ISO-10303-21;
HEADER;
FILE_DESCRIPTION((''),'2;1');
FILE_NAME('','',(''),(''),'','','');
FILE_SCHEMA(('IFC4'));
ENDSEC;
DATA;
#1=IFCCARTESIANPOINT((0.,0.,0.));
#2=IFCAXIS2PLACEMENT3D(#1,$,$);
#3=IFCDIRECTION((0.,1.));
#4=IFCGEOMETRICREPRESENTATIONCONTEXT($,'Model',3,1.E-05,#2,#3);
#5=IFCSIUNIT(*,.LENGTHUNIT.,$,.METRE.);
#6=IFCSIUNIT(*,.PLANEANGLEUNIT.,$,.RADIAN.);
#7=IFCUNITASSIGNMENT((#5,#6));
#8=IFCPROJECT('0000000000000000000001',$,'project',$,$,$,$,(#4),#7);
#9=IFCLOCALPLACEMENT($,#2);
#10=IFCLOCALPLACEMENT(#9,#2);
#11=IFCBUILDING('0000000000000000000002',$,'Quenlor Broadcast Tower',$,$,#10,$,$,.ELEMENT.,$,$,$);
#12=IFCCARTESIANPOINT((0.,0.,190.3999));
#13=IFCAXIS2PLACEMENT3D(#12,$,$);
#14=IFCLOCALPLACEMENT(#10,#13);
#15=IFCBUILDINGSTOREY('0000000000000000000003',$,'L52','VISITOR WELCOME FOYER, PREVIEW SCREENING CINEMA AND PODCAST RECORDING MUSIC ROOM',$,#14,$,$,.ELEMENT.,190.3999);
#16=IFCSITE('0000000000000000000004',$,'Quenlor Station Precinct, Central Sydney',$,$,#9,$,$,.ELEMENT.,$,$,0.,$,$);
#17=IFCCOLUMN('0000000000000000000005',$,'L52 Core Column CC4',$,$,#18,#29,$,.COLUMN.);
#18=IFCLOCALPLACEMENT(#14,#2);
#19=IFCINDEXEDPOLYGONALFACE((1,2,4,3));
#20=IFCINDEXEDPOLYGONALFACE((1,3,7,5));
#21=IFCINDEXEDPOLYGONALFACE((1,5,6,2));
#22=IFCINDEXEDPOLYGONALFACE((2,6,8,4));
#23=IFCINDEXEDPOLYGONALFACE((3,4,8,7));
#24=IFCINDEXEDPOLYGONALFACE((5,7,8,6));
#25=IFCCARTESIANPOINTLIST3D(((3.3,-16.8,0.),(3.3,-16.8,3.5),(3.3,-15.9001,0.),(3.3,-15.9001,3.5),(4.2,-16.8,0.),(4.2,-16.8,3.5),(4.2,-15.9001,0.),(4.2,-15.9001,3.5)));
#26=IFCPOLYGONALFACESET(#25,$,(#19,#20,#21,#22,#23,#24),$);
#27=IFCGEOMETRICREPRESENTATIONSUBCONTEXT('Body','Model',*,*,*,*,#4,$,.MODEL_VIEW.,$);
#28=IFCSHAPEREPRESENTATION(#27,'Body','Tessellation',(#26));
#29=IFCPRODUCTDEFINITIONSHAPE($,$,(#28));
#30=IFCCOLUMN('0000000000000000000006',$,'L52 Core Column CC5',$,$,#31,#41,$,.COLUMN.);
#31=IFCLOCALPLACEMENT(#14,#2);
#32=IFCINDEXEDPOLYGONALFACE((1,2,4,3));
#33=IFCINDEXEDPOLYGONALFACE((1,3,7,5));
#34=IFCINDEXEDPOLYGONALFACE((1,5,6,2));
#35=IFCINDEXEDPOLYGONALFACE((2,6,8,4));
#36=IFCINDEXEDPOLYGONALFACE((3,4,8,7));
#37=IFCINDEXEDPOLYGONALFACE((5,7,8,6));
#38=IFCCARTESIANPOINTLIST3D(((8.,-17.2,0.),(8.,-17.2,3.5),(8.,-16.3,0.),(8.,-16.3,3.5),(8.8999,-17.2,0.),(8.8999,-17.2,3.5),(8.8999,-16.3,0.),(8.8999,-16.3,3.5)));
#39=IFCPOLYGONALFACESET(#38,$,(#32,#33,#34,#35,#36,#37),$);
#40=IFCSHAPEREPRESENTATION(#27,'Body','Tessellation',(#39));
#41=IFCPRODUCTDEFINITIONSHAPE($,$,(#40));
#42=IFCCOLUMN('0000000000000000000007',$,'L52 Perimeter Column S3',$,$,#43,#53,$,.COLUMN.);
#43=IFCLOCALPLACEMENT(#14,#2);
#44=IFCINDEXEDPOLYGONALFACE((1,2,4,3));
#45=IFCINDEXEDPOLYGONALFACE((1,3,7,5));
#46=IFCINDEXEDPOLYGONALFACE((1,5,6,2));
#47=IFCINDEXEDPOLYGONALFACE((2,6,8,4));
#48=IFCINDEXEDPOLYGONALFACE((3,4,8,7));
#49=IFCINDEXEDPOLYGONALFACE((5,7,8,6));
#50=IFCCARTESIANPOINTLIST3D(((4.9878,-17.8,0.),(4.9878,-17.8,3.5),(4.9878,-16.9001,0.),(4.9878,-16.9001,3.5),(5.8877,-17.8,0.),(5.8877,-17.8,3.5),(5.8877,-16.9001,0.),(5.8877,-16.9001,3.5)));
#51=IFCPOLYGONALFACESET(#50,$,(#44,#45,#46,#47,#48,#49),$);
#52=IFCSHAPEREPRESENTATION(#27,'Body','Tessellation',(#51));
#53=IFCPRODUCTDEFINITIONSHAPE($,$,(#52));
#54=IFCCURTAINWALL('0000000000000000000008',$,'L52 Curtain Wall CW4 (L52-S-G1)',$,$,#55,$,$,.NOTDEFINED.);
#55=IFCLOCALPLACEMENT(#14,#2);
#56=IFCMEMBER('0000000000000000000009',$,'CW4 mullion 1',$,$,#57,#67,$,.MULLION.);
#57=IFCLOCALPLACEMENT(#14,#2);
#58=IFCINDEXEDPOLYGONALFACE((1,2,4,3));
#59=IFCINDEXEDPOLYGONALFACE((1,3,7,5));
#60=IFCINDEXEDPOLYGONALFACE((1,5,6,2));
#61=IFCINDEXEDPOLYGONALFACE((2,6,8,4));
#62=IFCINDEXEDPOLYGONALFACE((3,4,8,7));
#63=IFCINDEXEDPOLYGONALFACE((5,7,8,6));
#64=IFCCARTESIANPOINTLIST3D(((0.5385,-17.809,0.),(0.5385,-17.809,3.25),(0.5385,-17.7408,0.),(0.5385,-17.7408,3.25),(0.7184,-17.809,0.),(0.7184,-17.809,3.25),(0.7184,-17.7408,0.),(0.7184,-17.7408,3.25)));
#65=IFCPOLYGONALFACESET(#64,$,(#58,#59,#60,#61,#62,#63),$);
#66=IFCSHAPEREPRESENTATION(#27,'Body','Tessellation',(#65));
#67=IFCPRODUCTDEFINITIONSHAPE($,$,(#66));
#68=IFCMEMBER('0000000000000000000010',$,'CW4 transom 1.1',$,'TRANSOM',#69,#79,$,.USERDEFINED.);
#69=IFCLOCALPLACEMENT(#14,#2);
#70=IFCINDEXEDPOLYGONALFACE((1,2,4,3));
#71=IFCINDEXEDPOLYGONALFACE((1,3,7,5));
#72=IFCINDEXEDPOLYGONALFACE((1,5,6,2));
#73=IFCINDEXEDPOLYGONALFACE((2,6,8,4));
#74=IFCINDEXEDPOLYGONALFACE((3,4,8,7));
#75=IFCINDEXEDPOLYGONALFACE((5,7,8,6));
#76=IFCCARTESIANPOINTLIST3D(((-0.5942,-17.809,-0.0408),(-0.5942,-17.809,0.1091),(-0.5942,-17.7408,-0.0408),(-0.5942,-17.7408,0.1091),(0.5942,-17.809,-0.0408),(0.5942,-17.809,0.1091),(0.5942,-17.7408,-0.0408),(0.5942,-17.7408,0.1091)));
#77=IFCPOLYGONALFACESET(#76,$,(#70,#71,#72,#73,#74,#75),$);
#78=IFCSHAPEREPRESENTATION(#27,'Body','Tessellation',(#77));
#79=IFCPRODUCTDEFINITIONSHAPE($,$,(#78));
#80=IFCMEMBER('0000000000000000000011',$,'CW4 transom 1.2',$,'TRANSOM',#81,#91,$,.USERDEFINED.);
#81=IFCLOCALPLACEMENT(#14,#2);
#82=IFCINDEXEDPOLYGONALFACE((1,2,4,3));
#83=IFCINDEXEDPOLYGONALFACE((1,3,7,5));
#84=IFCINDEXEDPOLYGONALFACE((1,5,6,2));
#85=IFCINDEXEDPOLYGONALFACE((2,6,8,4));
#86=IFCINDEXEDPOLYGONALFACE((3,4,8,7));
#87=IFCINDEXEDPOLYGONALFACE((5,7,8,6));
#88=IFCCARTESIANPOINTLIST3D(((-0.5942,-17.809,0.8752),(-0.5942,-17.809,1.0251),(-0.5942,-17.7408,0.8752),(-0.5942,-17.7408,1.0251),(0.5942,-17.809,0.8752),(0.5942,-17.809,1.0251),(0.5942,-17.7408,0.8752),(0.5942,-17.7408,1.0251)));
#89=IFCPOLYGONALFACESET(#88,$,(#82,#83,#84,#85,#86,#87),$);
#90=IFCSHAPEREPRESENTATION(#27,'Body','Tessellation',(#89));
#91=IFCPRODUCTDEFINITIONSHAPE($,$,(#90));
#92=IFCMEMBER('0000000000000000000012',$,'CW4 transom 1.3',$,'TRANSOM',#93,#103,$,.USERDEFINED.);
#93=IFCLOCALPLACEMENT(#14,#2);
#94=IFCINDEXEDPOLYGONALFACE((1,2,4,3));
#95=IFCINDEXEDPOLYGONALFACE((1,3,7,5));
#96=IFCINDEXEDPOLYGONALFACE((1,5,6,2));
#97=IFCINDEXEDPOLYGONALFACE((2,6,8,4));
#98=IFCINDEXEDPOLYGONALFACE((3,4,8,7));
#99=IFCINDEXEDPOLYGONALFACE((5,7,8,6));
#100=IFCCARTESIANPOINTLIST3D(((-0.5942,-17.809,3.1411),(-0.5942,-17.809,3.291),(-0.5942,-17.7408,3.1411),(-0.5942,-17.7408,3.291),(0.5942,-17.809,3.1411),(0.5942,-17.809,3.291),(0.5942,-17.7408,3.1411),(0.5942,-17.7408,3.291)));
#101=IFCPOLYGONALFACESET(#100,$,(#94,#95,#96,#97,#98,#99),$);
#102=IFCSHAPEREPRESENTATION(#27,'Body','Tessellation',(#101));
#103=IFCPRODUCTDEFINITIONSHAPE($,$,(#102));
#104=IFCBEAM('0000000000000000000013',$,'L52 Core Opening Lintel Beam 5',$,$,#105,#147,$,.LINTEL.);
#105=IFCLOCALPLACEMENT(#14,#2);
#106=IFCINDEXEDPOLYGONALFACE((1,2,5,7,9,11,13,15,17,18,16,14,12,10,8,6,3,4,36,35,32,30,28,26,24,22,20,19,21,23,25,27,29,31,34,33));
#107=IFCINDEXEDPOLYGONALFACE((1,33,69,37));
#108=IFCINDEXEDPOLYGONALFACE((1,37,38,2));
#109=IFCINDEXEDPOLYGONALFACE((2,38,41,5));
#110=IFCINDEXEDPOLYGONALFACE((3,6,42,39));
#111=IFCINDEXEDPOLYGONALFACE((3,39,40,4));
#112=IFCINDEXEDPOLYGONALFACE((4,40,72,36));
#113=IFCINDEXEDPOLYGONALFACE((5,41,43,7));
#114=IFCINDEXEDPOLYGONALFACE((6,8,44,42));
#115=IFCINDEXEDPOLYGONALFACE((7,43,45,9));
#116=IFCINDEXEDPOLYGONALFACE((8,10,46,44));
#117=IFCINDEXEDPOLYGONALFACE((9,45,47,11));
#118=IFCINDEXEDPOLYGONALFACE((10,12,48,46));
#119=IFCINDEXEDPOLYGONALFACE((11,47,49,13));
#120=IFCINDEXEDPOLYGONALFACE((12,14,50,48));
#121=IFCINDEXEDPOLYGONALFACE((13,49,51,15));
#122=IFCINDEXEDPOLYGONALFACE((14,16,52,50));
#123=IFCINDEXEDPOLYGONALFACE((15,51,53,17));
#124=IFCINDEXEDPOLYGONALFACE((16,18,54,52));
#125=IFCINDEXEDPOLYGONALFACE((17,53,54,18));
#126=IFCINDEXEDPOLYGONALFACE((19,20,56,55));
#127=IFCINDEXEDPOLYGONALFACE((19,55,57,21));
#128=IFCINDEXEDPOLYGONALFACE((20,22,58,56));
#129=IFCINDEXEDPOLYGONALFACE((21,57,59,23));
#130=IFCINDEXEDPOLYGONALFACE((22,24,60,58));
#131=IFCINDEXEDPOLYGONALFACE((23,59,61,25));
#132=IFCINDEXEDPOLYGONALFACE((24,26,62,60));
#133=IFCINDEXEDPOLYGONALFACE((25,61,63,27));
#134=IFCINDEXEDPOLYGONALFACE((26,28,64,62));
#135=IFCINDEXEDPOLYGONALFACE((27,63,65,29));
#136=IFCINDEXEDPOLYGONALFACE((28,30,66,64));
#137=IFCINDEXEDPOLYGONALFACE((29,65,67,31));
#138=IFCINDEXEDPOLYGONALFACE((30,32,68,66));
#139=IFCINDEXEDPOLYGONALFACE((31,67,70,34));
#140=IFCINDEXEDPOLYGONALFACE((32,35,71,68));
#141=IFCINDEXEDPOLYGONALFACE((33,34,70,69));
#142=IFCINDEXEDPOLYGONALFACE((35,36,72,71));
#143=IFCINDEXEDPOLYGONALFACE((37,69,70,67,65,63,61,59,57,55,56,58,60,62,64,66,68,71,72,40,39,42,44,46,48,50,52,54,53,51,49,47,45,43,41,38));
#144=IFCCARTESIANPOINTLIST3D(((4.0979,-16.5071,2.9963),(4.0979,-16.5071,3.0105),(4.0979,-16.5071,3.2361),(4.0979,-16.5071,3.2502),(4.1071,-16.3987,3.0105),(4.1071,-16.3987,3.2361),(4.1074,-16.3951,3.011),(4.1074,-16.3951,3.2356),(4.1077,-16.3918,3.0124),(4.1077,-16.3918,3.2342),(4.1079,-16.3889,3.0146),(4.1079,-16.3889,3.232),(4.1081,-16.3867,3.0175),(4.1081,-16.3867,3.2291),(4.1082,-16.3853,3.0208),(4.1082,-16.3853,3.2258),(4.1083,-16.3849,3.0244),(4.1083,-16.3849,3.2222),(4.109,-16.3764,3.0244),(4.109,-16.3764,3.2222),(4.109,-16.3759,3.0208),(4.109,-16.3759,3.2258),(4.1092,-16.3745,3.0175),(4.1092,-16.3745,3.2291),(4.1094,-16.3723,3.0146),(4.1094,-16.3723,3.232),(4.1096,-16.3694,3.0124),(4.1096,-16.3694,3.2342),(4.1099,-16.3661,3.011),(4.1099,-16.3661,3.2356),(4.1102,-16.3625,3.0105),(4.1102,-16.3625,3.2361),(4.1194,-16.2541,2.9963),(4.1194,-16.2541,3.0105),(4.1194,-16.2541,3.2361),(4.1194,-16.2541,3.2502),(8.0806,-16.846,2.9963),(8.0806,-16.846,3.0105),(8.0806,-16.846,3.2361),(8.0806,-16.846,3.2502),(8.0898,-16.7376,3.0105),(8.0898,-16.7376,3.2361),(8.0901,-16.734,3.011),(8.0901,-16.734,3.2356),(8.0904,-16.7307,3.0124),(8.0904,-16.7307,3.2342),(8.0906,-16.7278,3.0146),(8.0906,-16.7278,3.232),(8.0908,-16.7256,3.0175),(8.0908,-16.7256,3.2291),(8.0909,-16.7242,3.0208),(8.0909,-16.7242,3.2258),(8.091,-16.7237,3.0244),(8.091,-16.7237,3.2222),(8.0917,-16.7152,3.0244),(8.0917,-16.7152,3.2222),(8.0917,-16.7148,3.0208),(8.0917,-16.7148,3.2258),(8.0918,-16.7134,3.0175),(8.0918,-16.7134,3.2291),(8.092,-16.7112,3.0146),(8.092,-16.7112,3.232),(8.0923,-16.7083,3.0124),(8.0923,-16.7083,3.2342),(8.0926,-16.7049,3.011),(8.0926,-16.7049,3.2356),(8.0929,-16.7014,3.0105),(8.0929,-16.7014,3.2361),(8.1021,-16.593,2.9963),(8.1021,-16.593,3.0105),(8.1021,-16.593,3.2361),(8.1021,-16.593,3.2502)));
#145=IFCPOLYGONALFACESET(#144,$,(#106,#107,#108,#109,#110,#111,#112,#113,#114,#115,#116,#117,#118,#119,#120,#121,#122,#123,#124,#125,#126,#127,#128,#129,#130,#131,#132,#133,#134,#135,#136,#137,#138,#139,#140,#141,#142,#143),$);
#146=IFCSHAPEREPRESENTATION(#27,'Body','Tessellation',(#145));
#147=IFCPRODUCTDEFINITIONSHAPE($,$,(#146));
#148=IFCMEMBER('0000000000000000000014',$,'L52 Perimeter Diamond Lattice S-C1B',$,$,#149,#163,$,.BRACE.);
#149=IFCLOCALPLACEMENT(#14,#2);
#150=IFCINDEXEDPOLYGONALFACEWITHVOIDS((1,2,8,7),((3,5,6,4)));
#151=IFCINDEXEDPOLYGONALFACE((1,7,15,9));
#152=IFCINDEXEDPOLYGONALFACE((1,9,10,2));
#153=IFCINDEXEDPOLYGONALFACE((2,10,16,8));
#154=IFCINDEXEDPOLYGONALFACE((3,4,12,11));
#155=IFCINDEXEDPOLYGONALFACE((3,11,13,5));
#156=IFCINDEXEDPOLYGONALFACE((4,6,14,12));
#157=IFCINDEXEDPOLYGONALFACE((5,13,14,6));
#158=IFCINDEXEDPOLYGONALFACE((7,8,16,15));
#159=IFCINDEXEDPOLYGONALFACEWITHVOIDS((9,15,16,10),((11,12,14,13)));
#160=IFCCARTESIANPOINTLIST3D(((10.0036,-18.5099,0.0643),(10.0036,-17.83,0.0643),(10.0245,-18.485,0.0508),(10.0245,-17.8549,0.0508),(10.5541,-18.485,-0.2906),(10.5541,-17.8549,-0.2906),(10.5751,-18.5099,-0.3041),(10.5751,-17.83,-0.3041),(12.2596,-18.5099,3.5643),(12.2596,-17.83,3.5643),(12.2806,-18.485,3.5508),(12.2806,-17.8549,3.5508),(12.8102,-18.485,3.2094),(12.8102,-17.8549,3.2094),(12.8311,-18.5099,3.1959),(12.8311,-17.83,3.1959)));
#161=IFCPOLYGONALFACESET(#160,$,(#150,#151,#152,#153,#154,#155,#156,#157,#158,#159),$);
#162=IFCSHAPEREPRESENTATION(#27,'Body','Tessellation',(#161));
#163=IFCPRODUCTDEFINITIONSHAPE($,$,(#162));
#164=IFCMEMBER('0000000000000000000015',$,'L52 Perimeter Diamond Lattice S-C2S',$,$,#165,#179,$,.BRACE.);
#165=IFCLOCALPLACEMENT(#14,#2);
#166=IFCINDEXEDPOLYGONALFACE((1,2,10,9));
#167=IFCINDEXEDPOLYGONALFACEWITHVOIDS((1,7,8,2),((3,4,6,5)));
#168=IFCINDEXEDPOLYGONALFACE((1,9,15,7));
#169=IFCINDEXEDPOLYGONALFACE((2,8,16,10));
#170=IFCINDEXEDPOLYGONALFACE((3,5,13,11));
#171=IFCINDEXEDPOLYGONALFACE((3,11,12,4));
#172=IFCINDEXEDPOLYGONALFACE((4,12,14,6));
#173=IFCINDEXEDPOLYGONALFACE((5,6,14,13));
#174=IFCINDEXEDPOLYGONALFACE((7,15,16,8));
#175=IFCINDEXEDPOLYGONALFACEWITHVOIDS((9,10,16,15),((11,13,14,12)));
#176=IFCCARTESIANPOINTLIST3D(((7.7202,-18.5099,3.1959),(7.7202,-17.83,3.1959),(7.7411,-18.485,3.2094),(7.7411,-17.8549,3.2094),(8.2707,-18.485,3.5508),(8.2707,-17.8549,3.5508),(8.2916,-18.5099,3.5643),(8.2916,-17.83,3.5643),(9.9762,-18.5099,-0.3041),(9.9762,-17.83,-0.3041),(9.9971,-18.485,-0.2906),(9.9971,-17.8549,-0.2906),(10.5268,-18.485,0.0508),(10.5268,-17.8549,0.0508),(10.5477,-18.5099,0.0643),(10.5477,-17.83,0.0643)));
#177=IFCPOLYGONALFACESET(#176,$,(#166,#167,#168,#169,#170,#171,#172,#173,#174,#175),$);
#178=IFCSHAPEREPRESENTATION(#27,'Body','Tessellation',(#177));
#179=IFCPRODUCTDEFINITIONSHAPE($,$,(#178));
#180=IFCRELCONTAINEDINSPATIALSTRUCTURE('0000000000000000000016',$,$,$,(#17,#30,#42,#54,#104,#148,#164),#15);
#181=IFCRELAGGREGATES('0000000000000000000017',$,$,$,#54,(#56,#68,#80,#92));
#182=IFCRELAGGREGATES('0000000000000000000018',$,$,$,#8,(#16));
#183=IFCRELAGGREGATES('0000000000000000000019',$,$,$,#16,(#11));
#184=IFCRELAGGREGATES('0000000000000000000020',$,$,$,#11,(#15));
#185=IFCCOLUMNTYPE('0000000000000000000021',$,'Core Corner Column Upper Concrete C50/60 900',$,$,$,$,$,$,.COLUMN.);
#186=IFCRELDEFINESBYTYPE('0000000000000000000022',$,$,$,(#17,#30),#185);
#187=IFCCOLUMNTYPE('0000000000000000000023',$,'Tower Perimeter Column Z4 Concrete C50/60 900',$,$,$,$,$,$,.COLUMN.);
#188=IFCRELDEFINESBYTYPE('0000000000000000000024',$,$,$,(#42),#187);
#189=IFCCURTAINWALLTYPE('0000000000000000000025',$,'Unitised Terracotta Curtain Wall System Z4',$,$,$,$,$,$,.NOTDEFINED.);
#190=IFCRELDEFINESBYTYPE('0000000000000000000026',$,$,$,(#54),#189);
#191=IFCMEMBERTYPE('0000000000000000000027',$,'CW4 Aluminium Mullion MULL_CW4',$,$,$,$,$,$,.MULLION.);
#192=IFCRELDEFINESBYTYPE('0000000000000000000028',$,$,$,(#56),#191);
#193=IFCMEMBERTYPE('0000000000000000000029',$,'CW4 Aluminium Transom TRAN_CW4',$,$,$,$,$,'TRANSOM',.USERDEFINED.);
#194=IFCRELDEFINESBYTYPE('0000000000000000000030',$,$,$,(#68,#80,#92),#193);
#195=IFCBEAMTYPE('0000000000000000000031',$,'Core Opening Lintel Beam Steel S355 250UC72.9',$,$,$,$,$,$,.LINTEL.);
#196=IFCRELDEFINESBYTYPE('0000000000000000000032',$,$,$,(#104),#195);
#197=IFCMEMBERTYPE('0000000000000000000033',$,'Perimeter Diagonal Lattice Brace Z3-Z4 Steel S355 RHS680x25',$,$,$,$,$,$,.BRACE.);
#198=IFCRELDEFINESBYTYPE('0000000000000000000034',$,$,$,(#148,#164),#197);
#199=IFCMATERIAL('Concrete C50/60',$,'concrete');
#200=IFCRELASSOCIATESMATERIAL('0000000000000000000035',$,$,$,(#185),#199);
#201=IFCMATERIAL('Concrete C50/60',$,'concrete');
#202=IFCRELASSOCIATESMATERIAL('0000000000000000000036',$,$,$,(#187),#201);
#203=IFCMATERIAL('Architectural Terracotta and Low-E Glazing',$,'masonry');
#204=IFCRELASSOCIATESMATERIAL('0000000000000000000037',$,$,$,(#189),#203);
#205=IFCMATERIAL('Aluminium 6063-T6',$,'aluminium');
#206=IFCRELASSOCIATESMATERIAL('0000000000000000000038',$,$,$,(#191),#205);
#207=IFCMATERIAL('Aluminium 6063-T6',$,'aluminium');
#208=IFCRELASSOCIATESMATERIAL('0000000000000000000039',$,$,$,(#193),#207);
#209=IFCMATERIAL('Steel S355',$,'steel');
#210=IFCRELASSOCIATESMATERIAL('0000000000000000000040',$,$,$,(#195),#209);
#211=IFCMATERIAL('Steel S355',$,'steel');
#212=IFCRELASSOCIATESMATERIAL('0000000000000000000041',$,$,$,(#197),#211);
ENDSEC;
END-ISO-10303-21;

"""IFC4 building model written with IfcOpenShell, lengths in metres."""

from ifc_helpers import new_model, si_unit, direction, frame, origin, origin_2d, place, context, subcontext, project, spatial, rectangle, hollow_rectangle, i_section, extrude, material, material_profile, profile_set, type_object, element, aggregate, save


model = new_model("IFC4")

# Units and contexts
model_context = context("Model", 3, precision=1e-05, world=origin(), true_north=direction((0.0, 1.0)))
body_context = subcontext(model_context, "Body", "Model", "MODEL_VIEW")
ifc_project = project(units=[si_unit("LENGTHUNIT", "METRE"), si_unit("PLANEANGLEUNIT", "RADIAN")], contexts=[model_context])

# Site, building, storey
site_placement = place(None, origin())
site = spatial("IfcSite", under=ifc_project, at=site_placement, Name="Quenlor Station Precinct, Central Sydney", CompositionType="ELEMENT", RefElevation=0.0)
building_placement = place(site_placement, origin())
building = spatial("IfcBuilding", under=site, at=building_placement, Name="Quenlor Broadcast Tower", CompositionType="ELEMENT")
storey_placement = place(building_placement, frame((0.0, 0.0, 190.3999)))
storey = spatial("IfcBuildingStorey", under=building, at=storey_placement, Name="L52", Description="VISITOR WELCOME FOYER, PREVIEW SCREENING CINEMA AND PODCAST RECORDING MUSIC ROOM", CompositionType="ELEMENT", Elevation=190.3999)

# Columns
ifc_material_1 = material(Name="Concrete C50/60", Category="concrete")
ifc_material_profile_1 = material_profile(ifc_material_1, rectangle(XDim=0.8999, YDim=0.8999, at=origin_2d()))
ifc_profile_set_1 = profile_set([ifc_material_profile_1], Name="Concrete C50/60 RC900x900")
column_type_1 = type_object("IfcColumnType", Name="Core Corner Column Upper Concrete C50/60 900", PredefinedType="COLUMN", material=ifc_profile_set_1)
for number, where, z_axis, x_axis, name in (
    (1, (3.75, -16.3501, 0.0), (0.0, 0.0, 1.0), (1.0, 0.0, 0.0), "L52 Core Column CC4"),
    (2, (8.45, -16.75, 0.0), (0.0, 0.0, 1.0), (1.0, 0.0, 0.0), "L52 Core Column CC5"),
):
    element("IfcColumn", number, at=place(storey_placement, frame(where, z_axis=z_axis, x_axis=x_axis)), inside=storey, type_object=column_type_1, Name=name, PredefinedType="COLUMN", context=body_context, shape_type="SweptSolid", body=[
        extrude(rectangle(XDim=0.8999, YDim=0.8999, at=origin_2d()), origin(), (0.0, 0.0, 1.0), 3.5),
    ])
ifc_material_2 = material(Name="Concrete C50/60", Category="concrete")
ifc_material_profile_2 = material_profile(ifc_material_2, rectangle(XDim=0.8999, YDim=0.8999, at=origin_2d()))
ifc_profile_set_2 = profile_set([ifc_material_profile_2], Name="Concrete C50/60 RC900x900")
column_type_2 = type_object("IfcColumnType", Name="Tower Perimeter Column Z4 Concrete C50/60 900", PredefinedType="COLUMN", material=ifc_profile_set_2)
column_placement = place(storey_placement, frame((5.4377, -17.3501, 0.0), z_axis=(0.0, 0.0, 1.0), x_axis=(0.0, 1.0, 0.0)))
element("IfcColumn", 3, at=column_placement, inside=storey, type_object=column_type_2, Name="L52 Perimeter Column S3", PredefinedType="COLUMN", context=body_context, shape_type="SweptSolid", body=[
    extrude(rectangle(XDim=0.8999, YDim=0.8999, at=origin_2d()), origin(), (0.0, 0.0, 1.0), 3.5),
])

# Curtain wall, members
ifc_material_3 = material(Name="Architectural Terracotta and Low-E Glazing", Category="masonry")
curtain_wall_type = type_object("IfcCurtainWallType", Name="Unitised Terracotta Curtain Wall System Z4", PredefinedType="NOTDEFINED", material=ifc_material_3)
curtain_wall_placement = place(storey_placement, origin())
curtain_wall = element("IfcCurtainWall", 4, at=curtain_wall_placement, inside=storey, type_object=curtain_wall_type, Name="L52 Curtain Wall CW4 (L52-S-G1)", PredefinedType="NOTDEFINED")
ifc_material_4 = material(Name="Aluminium 6063-T6", Category="aluminium")
ifc_material_profile_3 = material_profile(ifc_material_4, rectangle(XDim=0.0681, YDim=0.1799, at=origin_2d()))
ifc_profile_set_3 = profile_set([ifc_material_profile_3], Name="Aluminium 6063-T6 MULL68x180")
member_type_1 = type_object("IfcMemberType", Name="CW4 Aluminium Mullion MULL_CW4", PredefinedType="MULLION", material=ifc_profile_set_3)
member_1_placement = place(storey_placement, frame((0.6284, -17.7749, 0.0), z_axis=(0.0, 0.0, 1.0), x_axis=(0.0, -1.0, 0.0)))
member_1 = element("IfcMember", 5, at=member_1_placement, type_object=member_type_1, Name="CW4 mullion 1", PredefinedType="MULLION", context=body_context, shape_type="SweptSolid", body=[
    extrude(rectangle(XDim=0.0681, YDim=0.1799, at=origin_2d()), origin(), (0.0, 0.0, 1.0), 3.25),
])
ifc_material_5 = material(Name="Aluminium 6063-T6", Category="aluminium")
ifc_material_profile_4 = material_profile(ifc_material_5, rectangle(XDim=0.0681, YDim=0.1499, at=origin_2d()))
ifc_profile_set_4 = profile_set([ifc_material_profile_4], Name="Aluminium 6063-T6 TRAN68x150")
member_type_2 = type_object("IfcMemberType", Name="CW4 Aluminium Transom TRAN_CW4", ElementType="TRANSOM", PredefinedType="USERDEFINED", material=ifc_profile_set_4)
member_2_placement = place(storey_placement, frame((0.5942, -17.7749, 0.0342), z_axis=(-1.0, 0.0, 0.0), x_axis=(0.0, -1.0, 0.0)))
member_2 = element("IfcMember", 6, at=member_2_placement, type_object=member_type_2, Name="CW4 transom 1.1", ObjectType="TRANSOM", PredefinedType="USERDEFINED", context=body_context, shape_type="SweptSolid", body=[
    extrude(rectangle(XDim=0.0681, YDim=0.1499, at=origin_2d()), origin(), (0.0, 0.0, 1.0), 1.1885),
])
member_3_placement = place(storey_placement, frame((0.5942, -17.7749, 0.9502), z_axis=(-1.0, 0.0, 0.0), x_axis=(0.0, -1.0, 0.0)))
member_3 = element("IfcMember", 7, at=member_3_placement, type_object=member_type_2, Name="CW4 transom 1.2", ObjectType="TRANSOM", PredefinedType="USERDEFINED", context=body_context, shape_type="SweptSolid", body=[
    extrude(rectangle(XDim=0.0681, YDim=0.1499, at=origin_2d()), origin(), (0.0, 0.0, 1.0), 1.1885),
])
member_4_placement = place(storey_placement, frame((0.5942, -17.7749, 3.2161), z_axis=(-1.0, 0.0, 0.0), x_axis=(0.0, -1.0, 0.0)))
member_4 = element("IfcMember", 8, at=member_4_placement, type_object=member_type_2, Name="CW4 transom 1.3", ObjectType="TRANSOM", PredefinedType="USERDEFINED", context=body_context, shape_type="SweptSolid", body=[
    extrude(rectangle(XDim=0.0681, YDim=0.1499, at=origin_2d()), origin(), (0.0, 0.0, 1.0), 1.1885),
])
aggregate(curtain_wall, [member_1, member_2, member_3, member_4])

# Beam
ifc_material_6 = material(Name="Steel S355", Category="steel")
ifc_material_profile_5 = material_profile(ifc_material_6, i_section(OverallWidth=0.2539, OverallDepth=0.2539, WebThickness=0.0085, FlangeThickness=0.0142, FilletRadius=0.0139, at=origin_2d()))
ifc_profile_set_5 = profile_set([ifc_material_profile_5], Name="Steel S355 250UC72.9")
beam_type_1 = type_object("IfcBeamType", Name="Core Opening Lintel Beam Steel S355 250UC72.9", PredefinedType="LINTEL", material=ifc_profile_set_5)
beam_1_placement = place(storey_placement, frame((4.1086, -16.3806, 3.1233), z_axis=(0.9964, -0.084779, 0.0), x_axis=(0.084779, 0.9964, 0.0)))
element("IfcBeam", 9, at=beam_1_placement, inside=storey, type_object=beam_type_1, Name="L52 Core Opening Lintel Beam 5", PredefinedType="LINTEL", context=body_context, shape_type="SweptSolid", body=[
    extrude(i_section(OverallWidth=0.2539, OverallDepth=0.2539, WebThickness=0.0085, FlangeThickness=0.0142, FilletRadius=0.0139, at=origin_2d()), origin(), (0.0, 0.0, 1.0), 3.9971),
])

# Members
ifc_material_7 = material(Name="Steel S355", Category="steel")
ifc_material_profile_6 = material_profile(ifc_material_7, hollow_rectangle(XDim=0.6799, YDim=0.6799, WallThickness=0.0249, at=origin_2d()))
ifc_profile_set_6 = profile_set([ifc_material_profile_6], Name="Steel S355 RHS680x680x25")
member_type_3 = type_object("IfcMemberType", Name="Perimeter Diagonal Lattice Brace Z3-Z4 Steel S355 RHS680x25", PredefinedType="BRACE", material=ifc_profile_set_6)
for number, where, z_axis, x_axis, name in (
    (10, (10.2893, -18.1699, -0.1199), (0.541794, 0.0, 0.840511), (0.0, 1.0, 0.0), "L52 Perimeter Diamond Lattice S-C1B"),
    (11, (10.262, -18.1699, -0.1199), (-0.541794, 0.0, 0.840511), (0.0, -1.0, 0.0), "L52 Perimeter Diamond Lattice S-C2S"),
):
    element("IfcMember", number, at=place(storey_placement, frame(where, z_axis=z_axis, x_axis=x_axis)), inside=storey, type_object=member_type_3, Name=name, PredefinedType="BRACE", context=body_context, shape_type="SweptSolid", body=[
        extrude(hollow_rectangle(XDim=0.6799, YDim=0.6799, WallThickness=0.0249, at=origin_2d()), origin(), (0.0, 0.0, 1.0), 4.1641),
    ])

save(model, "model.ifc")
